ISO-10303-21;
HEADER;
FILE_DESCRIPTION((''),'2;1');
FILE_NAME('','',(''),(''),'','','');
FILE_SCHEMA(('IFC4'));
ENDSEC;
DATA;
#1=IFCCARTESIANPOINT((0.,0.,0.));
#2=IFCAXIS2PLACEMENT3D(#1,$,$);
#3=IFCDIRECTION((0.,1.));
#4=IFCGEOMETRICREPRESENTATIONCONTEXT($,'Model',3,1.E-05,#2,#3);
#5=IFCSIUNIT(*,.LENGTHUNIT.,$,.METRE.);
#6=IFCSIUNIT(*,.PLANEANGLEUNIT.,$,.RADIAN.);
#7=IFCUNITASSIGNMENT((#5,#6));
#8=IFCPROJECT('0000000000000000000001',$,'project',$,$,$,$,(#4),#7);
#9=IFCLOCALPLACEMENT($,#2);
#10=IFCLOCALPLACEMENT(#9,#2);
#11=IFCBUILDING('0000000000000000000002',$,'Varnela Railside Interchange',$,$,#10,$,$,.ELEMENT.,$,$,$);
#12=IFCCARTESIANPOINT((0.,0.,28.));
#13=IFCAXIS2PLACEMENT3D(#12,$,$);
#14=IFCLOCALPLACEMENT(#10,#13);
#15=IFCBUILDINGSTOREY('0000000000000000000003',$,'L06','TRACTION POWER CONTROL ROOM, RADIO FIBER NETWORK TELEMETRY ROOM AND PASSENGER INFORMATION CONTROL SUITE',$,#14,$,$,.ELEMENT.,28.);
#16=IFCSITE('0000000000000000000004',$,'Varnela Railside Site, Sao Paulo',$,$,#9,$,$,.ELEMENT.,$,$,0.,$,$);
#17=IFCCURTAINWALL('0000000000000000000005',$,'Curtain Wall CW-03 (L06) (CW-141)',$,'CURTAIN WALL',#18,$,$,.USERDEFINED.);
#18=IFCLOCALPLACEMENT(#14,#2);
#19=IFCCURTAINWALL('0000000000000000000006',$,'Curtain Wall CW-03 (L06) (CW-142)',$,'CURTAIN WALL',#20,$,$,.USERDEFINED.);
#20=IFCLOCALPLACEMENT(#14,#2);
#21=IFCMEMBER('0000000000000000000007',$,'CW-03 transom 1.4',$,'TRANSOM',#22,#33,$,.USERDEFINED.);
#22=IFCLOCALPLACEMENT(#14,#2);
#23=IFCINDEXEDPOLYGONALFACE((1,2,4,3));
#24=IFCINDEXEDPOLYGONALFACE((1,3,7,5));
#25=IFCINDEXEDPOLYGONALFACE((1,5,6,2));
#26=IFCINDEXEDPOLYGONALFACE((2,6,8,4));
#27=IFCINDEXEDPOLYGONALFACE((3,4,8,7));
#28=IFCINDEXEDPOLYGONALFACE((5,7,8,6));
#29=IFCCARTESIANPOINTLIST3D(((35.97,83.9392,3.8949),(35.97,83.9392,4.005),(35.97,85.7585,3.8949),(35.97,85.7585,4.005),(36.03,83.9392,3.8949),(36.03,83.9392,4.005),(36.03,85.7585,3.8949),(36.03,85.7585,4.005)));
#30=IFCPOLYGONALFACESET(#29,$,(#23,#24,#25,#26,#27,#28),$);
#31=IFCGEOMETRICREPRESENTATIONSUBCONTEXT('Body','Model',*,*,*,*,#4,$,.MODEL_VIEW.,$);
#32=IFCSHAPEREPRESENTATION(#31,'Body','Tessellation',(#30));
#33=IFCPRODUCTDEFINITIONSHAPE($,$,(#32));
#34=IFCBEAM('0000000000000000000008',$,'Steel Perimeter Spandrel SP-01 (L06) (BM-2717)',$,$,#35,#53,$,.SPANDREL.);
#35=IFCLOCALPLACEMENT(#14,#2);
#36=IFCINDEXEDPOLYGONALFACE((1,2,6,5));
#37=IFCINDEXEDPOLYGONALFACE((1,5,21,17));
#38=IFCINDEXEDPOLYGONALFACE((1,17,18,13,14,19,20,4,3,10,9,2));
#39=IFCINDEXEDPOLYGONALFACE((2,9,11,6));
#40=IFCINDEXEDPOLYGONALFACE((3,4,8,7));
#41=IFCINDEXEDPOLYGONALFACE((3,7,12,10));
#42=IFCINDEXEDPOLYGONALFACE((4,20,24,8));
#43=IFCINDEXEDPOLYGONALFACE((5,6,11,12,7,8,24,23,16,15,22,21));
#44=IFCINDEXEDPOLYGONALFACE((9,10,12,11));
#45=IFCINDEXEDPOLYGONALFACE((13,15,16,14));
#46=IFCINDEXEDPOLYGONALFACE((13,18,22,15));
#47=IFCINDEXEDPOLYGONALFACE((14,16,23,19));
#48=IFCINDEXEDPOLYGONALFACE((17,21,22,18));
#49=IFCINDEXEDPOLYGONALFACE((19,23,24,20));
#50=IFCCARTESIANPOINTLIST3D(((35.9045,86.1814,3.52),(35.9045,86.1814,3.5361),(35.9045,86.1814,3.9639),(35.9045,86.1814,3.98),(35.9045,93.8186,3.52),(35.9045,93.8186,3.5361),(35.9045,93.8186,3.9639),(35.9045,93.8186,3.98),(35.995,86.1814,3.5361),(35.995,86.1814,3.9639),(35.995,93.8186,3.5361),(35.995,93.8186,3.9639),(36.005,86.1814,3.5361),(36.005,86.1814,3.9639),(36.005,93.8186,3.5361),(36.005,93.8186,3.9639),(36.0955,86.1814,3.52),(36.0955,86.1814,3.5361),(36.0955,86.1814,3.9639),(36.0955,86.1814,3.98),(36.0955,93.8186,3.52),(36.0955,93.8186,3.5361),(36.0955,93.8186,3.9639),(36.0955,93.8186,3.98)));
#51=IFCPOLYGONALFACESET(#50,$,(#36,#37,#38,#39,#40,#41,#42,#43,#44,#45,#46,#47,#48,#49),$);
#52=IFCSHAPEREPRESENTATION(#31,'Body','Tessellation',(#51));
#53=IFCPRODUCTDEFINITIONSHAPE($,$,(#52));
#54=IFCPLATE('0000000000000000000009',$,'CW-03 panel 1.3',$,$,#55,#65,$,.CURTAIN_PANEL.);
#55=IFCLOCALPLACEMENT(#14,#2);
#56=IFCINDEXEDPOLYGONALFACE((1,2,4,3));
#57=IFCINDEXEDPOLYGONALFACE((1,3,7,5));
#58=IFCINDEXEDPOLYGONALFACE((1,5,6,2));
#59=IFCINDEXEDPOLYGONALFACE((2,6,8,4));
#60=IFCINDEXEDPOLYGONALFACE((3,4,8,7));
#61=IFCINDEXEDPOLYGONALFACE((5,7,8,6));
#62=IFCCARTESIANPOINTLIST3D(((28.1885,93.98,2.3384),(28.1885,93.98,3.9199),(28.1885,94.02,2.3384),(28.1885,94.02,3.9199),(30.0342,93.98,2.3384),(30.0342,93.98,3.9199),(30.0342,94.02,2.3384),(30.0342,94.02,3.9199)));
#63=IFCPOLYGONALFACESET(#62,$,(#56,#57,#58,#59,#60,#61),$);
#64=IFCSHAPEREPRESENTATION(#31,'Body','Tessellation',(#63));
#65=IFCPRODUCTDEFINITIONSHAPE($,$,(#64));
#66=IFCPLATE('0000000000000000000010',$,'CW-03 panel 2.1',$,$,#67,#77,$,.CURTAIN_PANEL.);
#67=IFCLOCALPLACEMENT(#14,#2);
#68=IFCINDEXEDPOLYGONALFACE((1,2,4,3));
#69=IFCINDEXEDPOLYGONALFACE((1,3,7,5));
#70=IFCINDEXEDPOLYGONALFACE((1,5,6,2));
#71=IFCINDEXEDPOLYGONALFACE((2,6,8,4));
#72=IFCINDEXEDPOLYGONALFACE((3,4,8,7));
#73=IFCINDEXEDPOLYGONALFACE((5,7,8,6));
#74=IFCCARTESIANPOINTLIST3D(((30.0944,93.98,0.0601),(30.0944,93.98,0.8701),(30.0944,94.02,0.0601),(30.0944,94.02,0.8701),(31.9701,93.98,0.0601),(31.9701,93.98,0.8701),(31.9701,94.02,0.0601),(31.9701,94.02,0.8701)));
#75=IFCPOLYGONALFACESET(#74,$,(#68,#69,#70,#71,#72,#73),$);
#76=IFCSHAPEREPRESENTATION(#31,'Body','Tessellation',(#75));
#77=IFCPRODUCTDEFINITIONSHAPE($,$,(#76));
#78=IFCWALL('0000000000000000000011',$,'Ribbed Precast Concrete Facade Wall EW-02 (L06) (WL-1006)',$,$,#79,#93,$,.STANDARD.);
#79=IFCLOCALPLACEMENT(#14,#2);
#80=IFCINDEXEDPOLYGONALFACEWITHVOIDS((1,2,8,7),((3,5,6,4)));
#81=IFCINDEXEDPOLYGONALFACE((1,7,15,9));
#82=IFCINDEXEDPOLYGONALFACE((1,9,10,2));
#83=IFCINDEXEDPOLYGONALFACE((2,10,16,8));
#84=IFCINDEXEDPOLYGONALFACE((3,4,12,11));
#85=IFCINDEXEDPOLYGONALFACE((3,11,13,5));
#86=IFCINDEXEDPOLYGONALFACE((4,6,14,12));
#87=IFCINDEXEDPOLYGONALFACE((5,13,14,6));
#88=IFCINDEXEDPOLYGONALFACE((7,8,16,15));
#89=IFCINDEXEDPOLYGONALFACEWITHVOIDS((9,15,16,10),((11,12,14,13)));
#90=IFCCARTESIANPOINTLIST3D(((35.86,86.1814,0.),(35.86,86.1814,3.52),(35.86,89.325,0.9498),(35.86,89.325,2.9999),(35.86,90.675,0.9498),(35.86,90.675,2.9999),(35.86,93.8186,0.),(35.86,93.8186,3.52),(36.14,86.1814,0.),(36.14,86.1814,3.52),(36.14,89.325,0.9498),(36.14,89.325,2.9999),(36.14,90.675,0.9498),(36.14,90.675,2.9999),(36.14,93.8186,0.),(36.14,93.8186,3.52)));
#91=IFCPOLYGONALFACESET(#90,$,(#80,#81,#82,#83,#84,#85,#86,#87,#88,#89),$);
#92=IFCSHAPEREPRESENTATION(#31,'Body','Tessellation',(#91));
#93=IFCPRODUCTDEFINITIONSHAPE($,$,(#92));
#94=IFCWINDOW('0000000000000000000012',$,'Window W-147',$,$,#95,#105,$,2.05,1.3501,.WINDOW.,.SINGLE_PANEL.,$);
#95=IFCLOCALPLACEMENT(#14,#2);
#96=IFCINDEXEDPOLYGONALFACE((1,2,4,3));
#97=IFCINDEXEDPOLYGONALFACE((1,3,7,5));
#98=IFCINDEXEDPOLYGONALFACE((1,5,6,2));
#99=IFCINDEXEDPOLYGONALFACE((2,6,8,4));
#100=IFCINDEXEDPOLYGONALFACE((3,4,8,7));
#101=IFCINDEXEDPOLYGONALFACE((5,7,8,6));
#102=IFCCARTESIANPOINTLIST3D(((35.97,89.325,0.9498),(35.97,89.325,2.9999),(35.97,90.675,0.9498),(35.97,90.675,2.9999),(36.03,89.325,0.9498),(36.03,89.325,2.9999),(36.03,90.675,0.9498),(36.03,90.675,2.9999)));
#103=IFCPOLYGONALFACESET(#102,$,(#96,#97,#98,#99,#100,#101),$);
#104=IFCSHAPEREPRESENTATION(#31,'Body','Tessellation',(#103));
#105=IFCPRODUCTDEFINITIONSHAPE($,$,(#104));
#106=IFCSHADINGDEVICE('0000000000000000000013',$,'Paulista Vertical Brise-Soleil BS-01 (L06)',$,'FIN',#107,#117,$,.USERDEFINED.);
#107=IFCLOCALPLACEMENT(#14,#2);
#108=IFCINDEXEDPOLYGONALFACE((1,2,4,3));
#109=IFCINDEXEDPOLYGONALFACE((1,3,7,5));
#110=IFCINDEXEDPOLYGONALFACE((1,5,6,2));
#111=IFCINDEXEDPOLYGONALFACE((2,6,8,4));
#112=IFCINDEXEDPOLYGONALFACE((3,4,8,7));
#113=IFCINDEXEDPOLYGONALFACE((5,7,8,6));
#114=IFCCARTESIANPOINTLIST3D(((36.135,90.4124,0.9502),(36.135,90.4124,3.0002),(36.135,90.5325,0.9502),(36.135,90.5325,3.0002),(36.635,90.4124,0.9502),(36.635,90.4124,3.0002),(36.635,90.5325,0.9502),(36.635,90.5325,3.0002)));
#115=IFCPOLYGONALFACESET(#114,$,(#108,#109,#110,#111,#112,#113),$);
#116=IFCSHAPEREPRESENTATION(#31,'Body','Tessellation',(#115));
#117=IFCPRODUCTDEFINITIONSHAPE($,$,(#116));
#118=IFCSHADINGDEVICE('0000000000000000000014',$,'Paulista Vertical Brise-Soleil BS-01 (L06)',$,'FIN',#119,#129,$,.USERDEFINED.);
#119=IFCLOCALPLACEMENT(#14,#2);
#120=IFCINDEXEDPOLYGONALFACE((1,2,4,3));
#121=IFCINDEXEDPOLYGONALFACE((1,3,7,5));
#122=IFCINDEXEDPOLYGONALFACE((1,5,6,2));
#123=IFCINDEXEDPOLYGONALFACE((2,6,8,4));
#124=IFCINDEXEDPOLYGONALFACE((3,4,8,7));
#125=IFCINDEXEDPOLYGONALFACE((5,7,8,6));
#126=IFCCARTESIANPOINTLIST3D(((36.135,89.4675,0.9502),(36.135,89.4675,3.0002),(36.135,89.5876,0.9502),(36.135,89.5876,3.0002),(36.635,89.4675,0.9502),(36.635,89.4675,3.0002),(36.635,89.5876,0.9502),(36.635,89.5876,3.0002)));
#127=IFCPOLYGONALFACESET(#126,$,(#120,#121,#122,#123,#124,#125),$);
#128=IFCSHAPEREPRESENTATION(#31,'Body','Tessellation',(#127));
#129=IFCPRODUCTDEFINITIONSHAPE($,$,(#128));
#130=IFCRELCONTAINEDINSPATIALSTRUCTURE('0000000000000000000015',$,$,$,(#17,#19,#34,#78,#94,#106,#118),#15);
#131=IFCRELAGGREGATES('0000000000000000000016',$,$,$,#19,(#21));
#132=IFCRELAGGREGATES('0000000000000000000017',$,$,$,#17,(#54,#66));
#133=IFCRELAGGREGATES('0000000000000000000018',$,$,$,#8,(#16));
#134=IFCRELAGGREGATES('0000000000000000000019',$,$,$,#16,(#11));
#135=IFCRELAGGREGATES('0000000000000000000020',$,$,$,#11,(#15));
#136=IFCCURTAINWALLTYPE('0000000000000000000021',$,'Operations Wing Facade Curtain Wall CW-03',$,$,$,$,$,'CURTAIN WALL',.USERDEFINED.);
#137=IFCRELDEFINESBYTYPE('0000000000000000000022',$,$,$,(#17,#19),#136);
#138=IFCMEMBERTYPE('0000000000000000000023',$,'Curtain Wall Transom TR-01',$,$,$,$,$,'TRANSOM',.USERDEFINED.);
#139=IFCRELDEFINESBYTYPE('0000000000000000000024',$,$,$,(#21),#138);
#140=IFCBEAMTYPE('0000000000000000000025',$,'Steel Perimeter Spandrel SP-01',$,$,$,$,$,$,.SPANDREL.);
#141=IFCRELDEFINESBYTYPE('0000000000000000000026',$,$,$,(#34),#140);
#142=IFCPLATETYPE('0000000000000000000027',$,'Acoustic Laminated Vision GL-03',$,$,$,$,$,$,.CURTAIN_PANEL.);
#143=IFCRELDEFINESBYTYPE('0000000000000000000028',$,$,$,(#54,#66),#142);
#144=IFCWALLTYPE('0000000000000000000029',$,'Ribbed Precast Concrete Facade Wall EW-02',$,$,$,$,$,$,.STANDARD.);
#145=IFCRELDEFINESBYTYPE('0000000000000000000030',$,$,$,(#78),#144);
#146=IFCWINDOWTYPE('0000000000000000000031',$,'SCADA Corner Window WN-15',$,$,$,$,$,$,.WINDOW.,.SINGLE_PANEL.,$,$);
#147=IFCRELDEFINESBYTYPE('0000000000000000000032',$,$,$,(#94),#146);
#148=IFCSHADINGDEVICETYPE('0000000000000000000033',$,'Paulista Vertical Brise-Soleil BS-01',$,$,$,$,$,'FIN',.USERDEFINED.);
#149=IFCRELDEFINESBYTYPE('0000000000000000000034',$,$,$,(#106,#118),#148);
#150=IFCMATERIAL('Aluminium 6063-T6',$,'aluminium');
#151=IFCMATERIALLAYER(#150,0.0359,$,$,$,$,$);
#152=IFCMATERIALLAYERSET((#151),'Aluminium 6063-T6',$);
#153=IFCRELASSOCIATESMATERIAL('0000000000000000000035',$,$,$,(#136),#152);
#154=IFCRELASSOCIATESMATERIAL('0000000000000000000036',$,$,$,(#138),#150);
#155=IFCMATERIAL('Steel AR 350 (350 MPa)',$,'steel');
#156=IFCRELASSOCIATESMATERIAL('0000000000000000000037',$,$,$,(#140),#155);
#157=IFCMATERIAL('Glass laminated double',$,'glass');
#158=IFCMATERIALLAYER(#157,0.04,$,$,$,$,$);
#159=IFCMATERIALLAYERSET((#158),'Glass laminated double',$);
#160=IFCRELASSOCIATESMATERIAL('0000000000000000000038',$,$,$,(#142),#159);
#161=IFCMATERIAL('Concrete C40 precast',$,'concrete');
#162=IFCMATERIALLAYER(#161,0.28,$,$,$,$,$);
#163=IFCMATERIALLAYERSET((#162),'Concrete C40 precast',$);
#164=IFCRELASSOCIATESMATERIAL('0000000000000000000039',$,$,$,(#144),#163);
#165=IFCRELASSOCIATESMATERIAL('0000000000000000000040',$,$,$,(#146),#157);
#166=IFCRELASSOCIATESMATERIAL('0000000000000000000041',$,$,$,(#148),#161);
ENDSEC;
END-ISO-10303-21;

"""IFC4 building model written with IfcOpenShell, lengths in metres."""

from ifc_helpers import new_model, si_unit, direction, frame, frame_2d, origin, origin_2d, place, context, subcontext, project, spatial, rectangle, i_section, extrude, material, layer, layer_set, material_profile, profile_set, type_object, element, fill, aggregate, save


model = new_model("IFC4")

# Units and contexts
model_context = context("Model", 3, precision=1e-05, world=origin(), true_north=direction((0.0, 1.0)))
body_context = subcontext(model_context, "Body", "Model", "MODEL_VIEW")
ifc_project = project(units=[si_unit("LENGTHUNIT", "METRE"), si_unit("PLANEANGLEUNIT", "RADIAN")], contexts=[model_context])

# Site, building, storey
site_placement = place(None, origin())
site = spatial("IfcSite", under=ifc_project, at=site_placement, Name="Varnela Railside Site, Sao Paulo", CompositionType="ELEMENT", RefElevation=0.0)
building_placement = place(site_placement, origin())
building = spatial("IfcBuilding", under=site, at=building_placement, Name="Varnela Railside Interchange", CompositionType="ELEMENT")
storey_placement = place(building_placement, frame((0.0, 0.0, 28.0)))
storey = spatial("IfcBuildingStorey", under=building, at=storey_placement, Name="L06", Description="TRACTION POWER CONTROL ROOM, RADIO FIBER NETWORK TELEMETRY ROOM AND PASSENGER INFORMATION CONTROL SUITE", CompositionType="ELEMENT", Elevation=28.0)

# Shared definitions
ifc_material_1 = material(Name="Steel AR 350 (350 MPa)", Category="steel")

# Curtain walls
ifc_material_2 = material(Name="Aluminium 6063-T6", Category="aluminium")
ifc_layer_1 = layer(ifc_material_2, 0.0359)
ifc_layer_set_1 = layer_set([ifc_layer_1], Name="Aluminium 6063-T6")
curtain_wall_type = type_object("IfcCurtainWallType", Name="Operations Wing Facade Curtain Wall CW-03", ElementType="CURTAIN WALL", PredefinedType="USERDEFINED", material=ifc_layer_set_1)
curtain_wall_1_placement = place(storey_placement, origin())
curtain_wall_1 = element("IfcCurtainWall", 1, at=curtain_wall_1_placement, inside=storey, type_object=curtain_wall_type, Name="Curtain Wall CW-03 (L06) (CW-141)", ObjectType="CURTAIN WALL", PredefinedType="USERDEFINED")
curtain_wall_2_placement = place(storey_placement, origin())
curtain_wall_2 = element("IfcCurtainWall", 2, at=curtain_wall_2_placement, inside=storey, type_object=curtain_wall_type, Name="Curtain Wall CW-03 (L06) (CW-142)", ObjectType="CURTAIN WALL", PredefinedType="USERDEFINED")

# Member
ifc_material_profile_1 = material_profile(ifc_material_2, rectangle(XDim=0.0601, YDim=0.1101, at=origin_2d()), Name="ALU 60x110")
ifc_profile_set_1 = profile_set([ifc_material_profile_1], Name="Aluminium 6063-T6")
member_type_1 = type_object("IfcMemberType", Name="Curtain Wall Transom TR-01", ElementType="TRANSOM", PredefinedType="USERDEFINED", material=ifc_profile_set_1)
member_1_placement = place(storey_placement, frame((36.0, 85.7585, 3.95), z_axis=(0.0, -1.0, 0.0), x_axis=(1.0, 0.0, 0.0)))
member_1 = element("IfcMember", 3, at=member_1_placement, type_object=member_type_1, Name="CW-03 transom 1.4", ObjectType="TRANSOM", PredefinedType="USERDEFINED", context=body_context, shape_type="SweptSolid", body=[
    extrude(rectangle(XDim=0.0601, YDim=0.1101, at=origin_2d()), origin(), (0.0, 0.0, 1.0), 1.8193),
])
aggregate(curtain_wall_2, [member_1])

# Beam
ifc_material_profile_2 = material_profile(ifc_material_1, i_section(OverallWidth=0.1909, OverallDepth=0.46, WebThickness=0.01, FlangeThickness=0.0161, at=origin_2d()), Name="W460x82")
ifc_profile_set_2 = profile_set([ifc_material_profile_2], Name="Steel AR 350 (350 MPa)")
beam_type_1 = type_object("IfcBeamType", Name="Steel Perimeter Spandrel SP-01", PredefinedType="SPANDREL", material=ifc_profile_set_2)
beam_placement = place(storey_placement, frame((36.0, 86.1814, 3.75), z_axis=(0.0, 1.0, 0.0), x_axis=(-1.0, 0.0, 0.0)))
element("IfcBeam", 4, at=beam_placement, inside=storey, type_object=beam_type_1, Name="Steel Perimeter Spandrel SP-01 (L06) (BM-2717)", PredefinedType="SPANDREL", context=body_context, shape_type="SweptSolid", body=[
    extrude(i_section(OverallWidth=0.1909, OverallDepth=0.46, WebThickness=0.01, FlangeThickness=0.0161, at=origin_2d()), origin(), (0.0, 0.0, 1.0), 7.6372),
])

# Plates
ifc_material_3 = material(Name="Glass laminated double", Category="glass")
ifc_layer_2 = layer(ifc_material_3, 0.04)
ifc_layer_set_2 = layer_set([ifc_layer_2], Name="Glass laminated double")
plate_type = type_object("IfcPlateType", Name="Acoustic Laminated Vision GL-03", PredefinedType="CURTAIN_PANEL", material=ifc_layer_set_2)
plate_1_placement = place(storey_placement, frame((29.1113, 94.0, 2.3384), z_axis=(0.0, 0.0, 1.0), x_axis=(1.0, 0.0, 0.0)))
plate_1 = element("IfcPlate", 5, at=plate_1_placement, type_object=plate_type, Name="CW-03 panel 1.3", PredefinedType="CURTAIN_PANEL", context=body_context, shape_type="SweptSolid", body=[
    extrude(rectangle(XDim=1.8457, YDim=0.04, at=origin_2d()), origin(), (0.0, 0.0, 1.0), 1.5815),
])
plate_2_placement = place(storey_placement, frame((31.0322, 94.0, 0.0601), z_axis=(0.0, 0.0, 1.0), x_axis=(1.0, 0.0, 0.0)))
plate_2 = element("IfcPlate", 6, at=plate_2_placement, type_object=plate_type, Name="CW-03 panel 2.1", PredefinedType="CURTAIN_PANEL", context=body_context, shape_type="SweptSolid", body=[
    extrude(rectangle(XDim=1.8757, YDim=0.04, at=origin_2d()), origin(), (0.0, 0.0, 1.0), 0.8101),
])
aggregate(curtain_wall_1, [plate_1, plate_2])

# Wall, opening, window
ifc_material_4 = material(Name="Concrete C40 precast", Category="concrete")
ifc_layer_3 = layer(ifc_material_4, 0.28)
ifc_layer_set_3 = layer_set([ifc_layer_3], Name="Concrete C40 precast")
wall_type = type_object("IfcWallType", Name="Ribbed Precast Concrete Facade Wall EW-02", PredefinedType="STANDARD", material=ifc_layer_set_3)
wall_placement = place(storey_placement, frame((36.0, 93.8186, 0.0), z_axis=(0.0, 0.0, 1.0), x_axis=(0.0, -1.0, 0.0)))
wall = element("IfcWall", 7, at=wall_placement, inside=storey, type_object=wall_type, Name="Ribbed Precast Concrete Facade Wall EW-02 (L06) (WL-1006)", PredefinedType="STANDARD", context=body_context, shape_type="SweptSolid", body=[
    extrude(rectangle(XDim=7.6372, YDim=0.28, at=frame_2d((3.8186, 0.0))), origin(), (0.0, 0.0, 1.0), 3.52),
])
opening_placement = place(wall_placement, frame((3.1436, 0.0, 0.95)))
opening = element("IfcOpeningElement", 8, at=opening_placement, cuts=wall, PredefinedType="OPENING", context=body_context, shape_type="SweptSolid", body=[
    extrude(rectangle(XDim=1.3501, YDim=2.05, at=frame_2d((0.675, 1.0249))), frame((0.0, 0.1499, 0.0), z_axis=(0.0, -1.0, 0.0), x_axis=(1.0, 0.0, 0.0)), (0.0, 0.0, 1.0), 0.3),
])
window_type = type_object("IfcWindowType", Name="SCADA Corner Window WN-15", PartitioningType="SINGLE_PANEL", PredefinedType="WINDOW", material=ifc_material_3)
window_placement = place(opening_placement, origin())
window = element("IfcWindow", 9, at=window_placement, inside=storey, type_object=window_type, Name="Window W-147", OverallHeight=2.05, OverallWidth=1.3501, PartitioningType="SINGLE_PANEL", PredefinedType="WINDOW", context=body_context, shape_type="SweptSolid", body=[
    extrude(rectangle(XDim=1.3501, YDim=2.05, at=frame_2d((0.675, 1.0249))), frame((0.0, 0.03, 0.0), z_axis=(0.0, -1.0, 0.0), x_axis=(1.0, 0.0, 0.0)), (0.0, 0.0, 1.0), 0.0601),
])
fill(opening, window)

# Shading devices
shading_device_type = type_object("IfcShadingDeviceType", Name="Paulista Vertical Brise-Soleil BS-01", ElementType="FIN", PredefinedType="USERDEFINED", material=ifc_material_4)
for number, where, z_axis, x_axis, name in (
    (10, (36.385, 90.4724, 0.9502), (0.0, 0.0, 1.0), (1.0, 0.0, 0.0), "Paulista Vertical Brise-Soleil BS-01 (L06)"),
    (11, (36.385, 89.5276, 0.9502), (0.0, 0.0, 1.0), (1.0, 0.0, 0.0), "Paulista Vertical Brise-Soleil BS-01 (L06)"),
):
    element("IfcShadingDevice", number, at=place(storey_placement, frame(where, z_axis=z_axis, x_axis=x_axis)), inside=storey, type_object=shading_device_type, Name=name, ObjectType="FIN", PredefinedType="USERDEFINED", context=body_context, shape_type="SweptSolid", body=[
        extrude(rectangle(XDim=0.5, YDim=0.1201, at=origin_2d()), origin(), (0.0, 0.0, 1.0), 2.05),
    ])

save(model, "model.ifc")
